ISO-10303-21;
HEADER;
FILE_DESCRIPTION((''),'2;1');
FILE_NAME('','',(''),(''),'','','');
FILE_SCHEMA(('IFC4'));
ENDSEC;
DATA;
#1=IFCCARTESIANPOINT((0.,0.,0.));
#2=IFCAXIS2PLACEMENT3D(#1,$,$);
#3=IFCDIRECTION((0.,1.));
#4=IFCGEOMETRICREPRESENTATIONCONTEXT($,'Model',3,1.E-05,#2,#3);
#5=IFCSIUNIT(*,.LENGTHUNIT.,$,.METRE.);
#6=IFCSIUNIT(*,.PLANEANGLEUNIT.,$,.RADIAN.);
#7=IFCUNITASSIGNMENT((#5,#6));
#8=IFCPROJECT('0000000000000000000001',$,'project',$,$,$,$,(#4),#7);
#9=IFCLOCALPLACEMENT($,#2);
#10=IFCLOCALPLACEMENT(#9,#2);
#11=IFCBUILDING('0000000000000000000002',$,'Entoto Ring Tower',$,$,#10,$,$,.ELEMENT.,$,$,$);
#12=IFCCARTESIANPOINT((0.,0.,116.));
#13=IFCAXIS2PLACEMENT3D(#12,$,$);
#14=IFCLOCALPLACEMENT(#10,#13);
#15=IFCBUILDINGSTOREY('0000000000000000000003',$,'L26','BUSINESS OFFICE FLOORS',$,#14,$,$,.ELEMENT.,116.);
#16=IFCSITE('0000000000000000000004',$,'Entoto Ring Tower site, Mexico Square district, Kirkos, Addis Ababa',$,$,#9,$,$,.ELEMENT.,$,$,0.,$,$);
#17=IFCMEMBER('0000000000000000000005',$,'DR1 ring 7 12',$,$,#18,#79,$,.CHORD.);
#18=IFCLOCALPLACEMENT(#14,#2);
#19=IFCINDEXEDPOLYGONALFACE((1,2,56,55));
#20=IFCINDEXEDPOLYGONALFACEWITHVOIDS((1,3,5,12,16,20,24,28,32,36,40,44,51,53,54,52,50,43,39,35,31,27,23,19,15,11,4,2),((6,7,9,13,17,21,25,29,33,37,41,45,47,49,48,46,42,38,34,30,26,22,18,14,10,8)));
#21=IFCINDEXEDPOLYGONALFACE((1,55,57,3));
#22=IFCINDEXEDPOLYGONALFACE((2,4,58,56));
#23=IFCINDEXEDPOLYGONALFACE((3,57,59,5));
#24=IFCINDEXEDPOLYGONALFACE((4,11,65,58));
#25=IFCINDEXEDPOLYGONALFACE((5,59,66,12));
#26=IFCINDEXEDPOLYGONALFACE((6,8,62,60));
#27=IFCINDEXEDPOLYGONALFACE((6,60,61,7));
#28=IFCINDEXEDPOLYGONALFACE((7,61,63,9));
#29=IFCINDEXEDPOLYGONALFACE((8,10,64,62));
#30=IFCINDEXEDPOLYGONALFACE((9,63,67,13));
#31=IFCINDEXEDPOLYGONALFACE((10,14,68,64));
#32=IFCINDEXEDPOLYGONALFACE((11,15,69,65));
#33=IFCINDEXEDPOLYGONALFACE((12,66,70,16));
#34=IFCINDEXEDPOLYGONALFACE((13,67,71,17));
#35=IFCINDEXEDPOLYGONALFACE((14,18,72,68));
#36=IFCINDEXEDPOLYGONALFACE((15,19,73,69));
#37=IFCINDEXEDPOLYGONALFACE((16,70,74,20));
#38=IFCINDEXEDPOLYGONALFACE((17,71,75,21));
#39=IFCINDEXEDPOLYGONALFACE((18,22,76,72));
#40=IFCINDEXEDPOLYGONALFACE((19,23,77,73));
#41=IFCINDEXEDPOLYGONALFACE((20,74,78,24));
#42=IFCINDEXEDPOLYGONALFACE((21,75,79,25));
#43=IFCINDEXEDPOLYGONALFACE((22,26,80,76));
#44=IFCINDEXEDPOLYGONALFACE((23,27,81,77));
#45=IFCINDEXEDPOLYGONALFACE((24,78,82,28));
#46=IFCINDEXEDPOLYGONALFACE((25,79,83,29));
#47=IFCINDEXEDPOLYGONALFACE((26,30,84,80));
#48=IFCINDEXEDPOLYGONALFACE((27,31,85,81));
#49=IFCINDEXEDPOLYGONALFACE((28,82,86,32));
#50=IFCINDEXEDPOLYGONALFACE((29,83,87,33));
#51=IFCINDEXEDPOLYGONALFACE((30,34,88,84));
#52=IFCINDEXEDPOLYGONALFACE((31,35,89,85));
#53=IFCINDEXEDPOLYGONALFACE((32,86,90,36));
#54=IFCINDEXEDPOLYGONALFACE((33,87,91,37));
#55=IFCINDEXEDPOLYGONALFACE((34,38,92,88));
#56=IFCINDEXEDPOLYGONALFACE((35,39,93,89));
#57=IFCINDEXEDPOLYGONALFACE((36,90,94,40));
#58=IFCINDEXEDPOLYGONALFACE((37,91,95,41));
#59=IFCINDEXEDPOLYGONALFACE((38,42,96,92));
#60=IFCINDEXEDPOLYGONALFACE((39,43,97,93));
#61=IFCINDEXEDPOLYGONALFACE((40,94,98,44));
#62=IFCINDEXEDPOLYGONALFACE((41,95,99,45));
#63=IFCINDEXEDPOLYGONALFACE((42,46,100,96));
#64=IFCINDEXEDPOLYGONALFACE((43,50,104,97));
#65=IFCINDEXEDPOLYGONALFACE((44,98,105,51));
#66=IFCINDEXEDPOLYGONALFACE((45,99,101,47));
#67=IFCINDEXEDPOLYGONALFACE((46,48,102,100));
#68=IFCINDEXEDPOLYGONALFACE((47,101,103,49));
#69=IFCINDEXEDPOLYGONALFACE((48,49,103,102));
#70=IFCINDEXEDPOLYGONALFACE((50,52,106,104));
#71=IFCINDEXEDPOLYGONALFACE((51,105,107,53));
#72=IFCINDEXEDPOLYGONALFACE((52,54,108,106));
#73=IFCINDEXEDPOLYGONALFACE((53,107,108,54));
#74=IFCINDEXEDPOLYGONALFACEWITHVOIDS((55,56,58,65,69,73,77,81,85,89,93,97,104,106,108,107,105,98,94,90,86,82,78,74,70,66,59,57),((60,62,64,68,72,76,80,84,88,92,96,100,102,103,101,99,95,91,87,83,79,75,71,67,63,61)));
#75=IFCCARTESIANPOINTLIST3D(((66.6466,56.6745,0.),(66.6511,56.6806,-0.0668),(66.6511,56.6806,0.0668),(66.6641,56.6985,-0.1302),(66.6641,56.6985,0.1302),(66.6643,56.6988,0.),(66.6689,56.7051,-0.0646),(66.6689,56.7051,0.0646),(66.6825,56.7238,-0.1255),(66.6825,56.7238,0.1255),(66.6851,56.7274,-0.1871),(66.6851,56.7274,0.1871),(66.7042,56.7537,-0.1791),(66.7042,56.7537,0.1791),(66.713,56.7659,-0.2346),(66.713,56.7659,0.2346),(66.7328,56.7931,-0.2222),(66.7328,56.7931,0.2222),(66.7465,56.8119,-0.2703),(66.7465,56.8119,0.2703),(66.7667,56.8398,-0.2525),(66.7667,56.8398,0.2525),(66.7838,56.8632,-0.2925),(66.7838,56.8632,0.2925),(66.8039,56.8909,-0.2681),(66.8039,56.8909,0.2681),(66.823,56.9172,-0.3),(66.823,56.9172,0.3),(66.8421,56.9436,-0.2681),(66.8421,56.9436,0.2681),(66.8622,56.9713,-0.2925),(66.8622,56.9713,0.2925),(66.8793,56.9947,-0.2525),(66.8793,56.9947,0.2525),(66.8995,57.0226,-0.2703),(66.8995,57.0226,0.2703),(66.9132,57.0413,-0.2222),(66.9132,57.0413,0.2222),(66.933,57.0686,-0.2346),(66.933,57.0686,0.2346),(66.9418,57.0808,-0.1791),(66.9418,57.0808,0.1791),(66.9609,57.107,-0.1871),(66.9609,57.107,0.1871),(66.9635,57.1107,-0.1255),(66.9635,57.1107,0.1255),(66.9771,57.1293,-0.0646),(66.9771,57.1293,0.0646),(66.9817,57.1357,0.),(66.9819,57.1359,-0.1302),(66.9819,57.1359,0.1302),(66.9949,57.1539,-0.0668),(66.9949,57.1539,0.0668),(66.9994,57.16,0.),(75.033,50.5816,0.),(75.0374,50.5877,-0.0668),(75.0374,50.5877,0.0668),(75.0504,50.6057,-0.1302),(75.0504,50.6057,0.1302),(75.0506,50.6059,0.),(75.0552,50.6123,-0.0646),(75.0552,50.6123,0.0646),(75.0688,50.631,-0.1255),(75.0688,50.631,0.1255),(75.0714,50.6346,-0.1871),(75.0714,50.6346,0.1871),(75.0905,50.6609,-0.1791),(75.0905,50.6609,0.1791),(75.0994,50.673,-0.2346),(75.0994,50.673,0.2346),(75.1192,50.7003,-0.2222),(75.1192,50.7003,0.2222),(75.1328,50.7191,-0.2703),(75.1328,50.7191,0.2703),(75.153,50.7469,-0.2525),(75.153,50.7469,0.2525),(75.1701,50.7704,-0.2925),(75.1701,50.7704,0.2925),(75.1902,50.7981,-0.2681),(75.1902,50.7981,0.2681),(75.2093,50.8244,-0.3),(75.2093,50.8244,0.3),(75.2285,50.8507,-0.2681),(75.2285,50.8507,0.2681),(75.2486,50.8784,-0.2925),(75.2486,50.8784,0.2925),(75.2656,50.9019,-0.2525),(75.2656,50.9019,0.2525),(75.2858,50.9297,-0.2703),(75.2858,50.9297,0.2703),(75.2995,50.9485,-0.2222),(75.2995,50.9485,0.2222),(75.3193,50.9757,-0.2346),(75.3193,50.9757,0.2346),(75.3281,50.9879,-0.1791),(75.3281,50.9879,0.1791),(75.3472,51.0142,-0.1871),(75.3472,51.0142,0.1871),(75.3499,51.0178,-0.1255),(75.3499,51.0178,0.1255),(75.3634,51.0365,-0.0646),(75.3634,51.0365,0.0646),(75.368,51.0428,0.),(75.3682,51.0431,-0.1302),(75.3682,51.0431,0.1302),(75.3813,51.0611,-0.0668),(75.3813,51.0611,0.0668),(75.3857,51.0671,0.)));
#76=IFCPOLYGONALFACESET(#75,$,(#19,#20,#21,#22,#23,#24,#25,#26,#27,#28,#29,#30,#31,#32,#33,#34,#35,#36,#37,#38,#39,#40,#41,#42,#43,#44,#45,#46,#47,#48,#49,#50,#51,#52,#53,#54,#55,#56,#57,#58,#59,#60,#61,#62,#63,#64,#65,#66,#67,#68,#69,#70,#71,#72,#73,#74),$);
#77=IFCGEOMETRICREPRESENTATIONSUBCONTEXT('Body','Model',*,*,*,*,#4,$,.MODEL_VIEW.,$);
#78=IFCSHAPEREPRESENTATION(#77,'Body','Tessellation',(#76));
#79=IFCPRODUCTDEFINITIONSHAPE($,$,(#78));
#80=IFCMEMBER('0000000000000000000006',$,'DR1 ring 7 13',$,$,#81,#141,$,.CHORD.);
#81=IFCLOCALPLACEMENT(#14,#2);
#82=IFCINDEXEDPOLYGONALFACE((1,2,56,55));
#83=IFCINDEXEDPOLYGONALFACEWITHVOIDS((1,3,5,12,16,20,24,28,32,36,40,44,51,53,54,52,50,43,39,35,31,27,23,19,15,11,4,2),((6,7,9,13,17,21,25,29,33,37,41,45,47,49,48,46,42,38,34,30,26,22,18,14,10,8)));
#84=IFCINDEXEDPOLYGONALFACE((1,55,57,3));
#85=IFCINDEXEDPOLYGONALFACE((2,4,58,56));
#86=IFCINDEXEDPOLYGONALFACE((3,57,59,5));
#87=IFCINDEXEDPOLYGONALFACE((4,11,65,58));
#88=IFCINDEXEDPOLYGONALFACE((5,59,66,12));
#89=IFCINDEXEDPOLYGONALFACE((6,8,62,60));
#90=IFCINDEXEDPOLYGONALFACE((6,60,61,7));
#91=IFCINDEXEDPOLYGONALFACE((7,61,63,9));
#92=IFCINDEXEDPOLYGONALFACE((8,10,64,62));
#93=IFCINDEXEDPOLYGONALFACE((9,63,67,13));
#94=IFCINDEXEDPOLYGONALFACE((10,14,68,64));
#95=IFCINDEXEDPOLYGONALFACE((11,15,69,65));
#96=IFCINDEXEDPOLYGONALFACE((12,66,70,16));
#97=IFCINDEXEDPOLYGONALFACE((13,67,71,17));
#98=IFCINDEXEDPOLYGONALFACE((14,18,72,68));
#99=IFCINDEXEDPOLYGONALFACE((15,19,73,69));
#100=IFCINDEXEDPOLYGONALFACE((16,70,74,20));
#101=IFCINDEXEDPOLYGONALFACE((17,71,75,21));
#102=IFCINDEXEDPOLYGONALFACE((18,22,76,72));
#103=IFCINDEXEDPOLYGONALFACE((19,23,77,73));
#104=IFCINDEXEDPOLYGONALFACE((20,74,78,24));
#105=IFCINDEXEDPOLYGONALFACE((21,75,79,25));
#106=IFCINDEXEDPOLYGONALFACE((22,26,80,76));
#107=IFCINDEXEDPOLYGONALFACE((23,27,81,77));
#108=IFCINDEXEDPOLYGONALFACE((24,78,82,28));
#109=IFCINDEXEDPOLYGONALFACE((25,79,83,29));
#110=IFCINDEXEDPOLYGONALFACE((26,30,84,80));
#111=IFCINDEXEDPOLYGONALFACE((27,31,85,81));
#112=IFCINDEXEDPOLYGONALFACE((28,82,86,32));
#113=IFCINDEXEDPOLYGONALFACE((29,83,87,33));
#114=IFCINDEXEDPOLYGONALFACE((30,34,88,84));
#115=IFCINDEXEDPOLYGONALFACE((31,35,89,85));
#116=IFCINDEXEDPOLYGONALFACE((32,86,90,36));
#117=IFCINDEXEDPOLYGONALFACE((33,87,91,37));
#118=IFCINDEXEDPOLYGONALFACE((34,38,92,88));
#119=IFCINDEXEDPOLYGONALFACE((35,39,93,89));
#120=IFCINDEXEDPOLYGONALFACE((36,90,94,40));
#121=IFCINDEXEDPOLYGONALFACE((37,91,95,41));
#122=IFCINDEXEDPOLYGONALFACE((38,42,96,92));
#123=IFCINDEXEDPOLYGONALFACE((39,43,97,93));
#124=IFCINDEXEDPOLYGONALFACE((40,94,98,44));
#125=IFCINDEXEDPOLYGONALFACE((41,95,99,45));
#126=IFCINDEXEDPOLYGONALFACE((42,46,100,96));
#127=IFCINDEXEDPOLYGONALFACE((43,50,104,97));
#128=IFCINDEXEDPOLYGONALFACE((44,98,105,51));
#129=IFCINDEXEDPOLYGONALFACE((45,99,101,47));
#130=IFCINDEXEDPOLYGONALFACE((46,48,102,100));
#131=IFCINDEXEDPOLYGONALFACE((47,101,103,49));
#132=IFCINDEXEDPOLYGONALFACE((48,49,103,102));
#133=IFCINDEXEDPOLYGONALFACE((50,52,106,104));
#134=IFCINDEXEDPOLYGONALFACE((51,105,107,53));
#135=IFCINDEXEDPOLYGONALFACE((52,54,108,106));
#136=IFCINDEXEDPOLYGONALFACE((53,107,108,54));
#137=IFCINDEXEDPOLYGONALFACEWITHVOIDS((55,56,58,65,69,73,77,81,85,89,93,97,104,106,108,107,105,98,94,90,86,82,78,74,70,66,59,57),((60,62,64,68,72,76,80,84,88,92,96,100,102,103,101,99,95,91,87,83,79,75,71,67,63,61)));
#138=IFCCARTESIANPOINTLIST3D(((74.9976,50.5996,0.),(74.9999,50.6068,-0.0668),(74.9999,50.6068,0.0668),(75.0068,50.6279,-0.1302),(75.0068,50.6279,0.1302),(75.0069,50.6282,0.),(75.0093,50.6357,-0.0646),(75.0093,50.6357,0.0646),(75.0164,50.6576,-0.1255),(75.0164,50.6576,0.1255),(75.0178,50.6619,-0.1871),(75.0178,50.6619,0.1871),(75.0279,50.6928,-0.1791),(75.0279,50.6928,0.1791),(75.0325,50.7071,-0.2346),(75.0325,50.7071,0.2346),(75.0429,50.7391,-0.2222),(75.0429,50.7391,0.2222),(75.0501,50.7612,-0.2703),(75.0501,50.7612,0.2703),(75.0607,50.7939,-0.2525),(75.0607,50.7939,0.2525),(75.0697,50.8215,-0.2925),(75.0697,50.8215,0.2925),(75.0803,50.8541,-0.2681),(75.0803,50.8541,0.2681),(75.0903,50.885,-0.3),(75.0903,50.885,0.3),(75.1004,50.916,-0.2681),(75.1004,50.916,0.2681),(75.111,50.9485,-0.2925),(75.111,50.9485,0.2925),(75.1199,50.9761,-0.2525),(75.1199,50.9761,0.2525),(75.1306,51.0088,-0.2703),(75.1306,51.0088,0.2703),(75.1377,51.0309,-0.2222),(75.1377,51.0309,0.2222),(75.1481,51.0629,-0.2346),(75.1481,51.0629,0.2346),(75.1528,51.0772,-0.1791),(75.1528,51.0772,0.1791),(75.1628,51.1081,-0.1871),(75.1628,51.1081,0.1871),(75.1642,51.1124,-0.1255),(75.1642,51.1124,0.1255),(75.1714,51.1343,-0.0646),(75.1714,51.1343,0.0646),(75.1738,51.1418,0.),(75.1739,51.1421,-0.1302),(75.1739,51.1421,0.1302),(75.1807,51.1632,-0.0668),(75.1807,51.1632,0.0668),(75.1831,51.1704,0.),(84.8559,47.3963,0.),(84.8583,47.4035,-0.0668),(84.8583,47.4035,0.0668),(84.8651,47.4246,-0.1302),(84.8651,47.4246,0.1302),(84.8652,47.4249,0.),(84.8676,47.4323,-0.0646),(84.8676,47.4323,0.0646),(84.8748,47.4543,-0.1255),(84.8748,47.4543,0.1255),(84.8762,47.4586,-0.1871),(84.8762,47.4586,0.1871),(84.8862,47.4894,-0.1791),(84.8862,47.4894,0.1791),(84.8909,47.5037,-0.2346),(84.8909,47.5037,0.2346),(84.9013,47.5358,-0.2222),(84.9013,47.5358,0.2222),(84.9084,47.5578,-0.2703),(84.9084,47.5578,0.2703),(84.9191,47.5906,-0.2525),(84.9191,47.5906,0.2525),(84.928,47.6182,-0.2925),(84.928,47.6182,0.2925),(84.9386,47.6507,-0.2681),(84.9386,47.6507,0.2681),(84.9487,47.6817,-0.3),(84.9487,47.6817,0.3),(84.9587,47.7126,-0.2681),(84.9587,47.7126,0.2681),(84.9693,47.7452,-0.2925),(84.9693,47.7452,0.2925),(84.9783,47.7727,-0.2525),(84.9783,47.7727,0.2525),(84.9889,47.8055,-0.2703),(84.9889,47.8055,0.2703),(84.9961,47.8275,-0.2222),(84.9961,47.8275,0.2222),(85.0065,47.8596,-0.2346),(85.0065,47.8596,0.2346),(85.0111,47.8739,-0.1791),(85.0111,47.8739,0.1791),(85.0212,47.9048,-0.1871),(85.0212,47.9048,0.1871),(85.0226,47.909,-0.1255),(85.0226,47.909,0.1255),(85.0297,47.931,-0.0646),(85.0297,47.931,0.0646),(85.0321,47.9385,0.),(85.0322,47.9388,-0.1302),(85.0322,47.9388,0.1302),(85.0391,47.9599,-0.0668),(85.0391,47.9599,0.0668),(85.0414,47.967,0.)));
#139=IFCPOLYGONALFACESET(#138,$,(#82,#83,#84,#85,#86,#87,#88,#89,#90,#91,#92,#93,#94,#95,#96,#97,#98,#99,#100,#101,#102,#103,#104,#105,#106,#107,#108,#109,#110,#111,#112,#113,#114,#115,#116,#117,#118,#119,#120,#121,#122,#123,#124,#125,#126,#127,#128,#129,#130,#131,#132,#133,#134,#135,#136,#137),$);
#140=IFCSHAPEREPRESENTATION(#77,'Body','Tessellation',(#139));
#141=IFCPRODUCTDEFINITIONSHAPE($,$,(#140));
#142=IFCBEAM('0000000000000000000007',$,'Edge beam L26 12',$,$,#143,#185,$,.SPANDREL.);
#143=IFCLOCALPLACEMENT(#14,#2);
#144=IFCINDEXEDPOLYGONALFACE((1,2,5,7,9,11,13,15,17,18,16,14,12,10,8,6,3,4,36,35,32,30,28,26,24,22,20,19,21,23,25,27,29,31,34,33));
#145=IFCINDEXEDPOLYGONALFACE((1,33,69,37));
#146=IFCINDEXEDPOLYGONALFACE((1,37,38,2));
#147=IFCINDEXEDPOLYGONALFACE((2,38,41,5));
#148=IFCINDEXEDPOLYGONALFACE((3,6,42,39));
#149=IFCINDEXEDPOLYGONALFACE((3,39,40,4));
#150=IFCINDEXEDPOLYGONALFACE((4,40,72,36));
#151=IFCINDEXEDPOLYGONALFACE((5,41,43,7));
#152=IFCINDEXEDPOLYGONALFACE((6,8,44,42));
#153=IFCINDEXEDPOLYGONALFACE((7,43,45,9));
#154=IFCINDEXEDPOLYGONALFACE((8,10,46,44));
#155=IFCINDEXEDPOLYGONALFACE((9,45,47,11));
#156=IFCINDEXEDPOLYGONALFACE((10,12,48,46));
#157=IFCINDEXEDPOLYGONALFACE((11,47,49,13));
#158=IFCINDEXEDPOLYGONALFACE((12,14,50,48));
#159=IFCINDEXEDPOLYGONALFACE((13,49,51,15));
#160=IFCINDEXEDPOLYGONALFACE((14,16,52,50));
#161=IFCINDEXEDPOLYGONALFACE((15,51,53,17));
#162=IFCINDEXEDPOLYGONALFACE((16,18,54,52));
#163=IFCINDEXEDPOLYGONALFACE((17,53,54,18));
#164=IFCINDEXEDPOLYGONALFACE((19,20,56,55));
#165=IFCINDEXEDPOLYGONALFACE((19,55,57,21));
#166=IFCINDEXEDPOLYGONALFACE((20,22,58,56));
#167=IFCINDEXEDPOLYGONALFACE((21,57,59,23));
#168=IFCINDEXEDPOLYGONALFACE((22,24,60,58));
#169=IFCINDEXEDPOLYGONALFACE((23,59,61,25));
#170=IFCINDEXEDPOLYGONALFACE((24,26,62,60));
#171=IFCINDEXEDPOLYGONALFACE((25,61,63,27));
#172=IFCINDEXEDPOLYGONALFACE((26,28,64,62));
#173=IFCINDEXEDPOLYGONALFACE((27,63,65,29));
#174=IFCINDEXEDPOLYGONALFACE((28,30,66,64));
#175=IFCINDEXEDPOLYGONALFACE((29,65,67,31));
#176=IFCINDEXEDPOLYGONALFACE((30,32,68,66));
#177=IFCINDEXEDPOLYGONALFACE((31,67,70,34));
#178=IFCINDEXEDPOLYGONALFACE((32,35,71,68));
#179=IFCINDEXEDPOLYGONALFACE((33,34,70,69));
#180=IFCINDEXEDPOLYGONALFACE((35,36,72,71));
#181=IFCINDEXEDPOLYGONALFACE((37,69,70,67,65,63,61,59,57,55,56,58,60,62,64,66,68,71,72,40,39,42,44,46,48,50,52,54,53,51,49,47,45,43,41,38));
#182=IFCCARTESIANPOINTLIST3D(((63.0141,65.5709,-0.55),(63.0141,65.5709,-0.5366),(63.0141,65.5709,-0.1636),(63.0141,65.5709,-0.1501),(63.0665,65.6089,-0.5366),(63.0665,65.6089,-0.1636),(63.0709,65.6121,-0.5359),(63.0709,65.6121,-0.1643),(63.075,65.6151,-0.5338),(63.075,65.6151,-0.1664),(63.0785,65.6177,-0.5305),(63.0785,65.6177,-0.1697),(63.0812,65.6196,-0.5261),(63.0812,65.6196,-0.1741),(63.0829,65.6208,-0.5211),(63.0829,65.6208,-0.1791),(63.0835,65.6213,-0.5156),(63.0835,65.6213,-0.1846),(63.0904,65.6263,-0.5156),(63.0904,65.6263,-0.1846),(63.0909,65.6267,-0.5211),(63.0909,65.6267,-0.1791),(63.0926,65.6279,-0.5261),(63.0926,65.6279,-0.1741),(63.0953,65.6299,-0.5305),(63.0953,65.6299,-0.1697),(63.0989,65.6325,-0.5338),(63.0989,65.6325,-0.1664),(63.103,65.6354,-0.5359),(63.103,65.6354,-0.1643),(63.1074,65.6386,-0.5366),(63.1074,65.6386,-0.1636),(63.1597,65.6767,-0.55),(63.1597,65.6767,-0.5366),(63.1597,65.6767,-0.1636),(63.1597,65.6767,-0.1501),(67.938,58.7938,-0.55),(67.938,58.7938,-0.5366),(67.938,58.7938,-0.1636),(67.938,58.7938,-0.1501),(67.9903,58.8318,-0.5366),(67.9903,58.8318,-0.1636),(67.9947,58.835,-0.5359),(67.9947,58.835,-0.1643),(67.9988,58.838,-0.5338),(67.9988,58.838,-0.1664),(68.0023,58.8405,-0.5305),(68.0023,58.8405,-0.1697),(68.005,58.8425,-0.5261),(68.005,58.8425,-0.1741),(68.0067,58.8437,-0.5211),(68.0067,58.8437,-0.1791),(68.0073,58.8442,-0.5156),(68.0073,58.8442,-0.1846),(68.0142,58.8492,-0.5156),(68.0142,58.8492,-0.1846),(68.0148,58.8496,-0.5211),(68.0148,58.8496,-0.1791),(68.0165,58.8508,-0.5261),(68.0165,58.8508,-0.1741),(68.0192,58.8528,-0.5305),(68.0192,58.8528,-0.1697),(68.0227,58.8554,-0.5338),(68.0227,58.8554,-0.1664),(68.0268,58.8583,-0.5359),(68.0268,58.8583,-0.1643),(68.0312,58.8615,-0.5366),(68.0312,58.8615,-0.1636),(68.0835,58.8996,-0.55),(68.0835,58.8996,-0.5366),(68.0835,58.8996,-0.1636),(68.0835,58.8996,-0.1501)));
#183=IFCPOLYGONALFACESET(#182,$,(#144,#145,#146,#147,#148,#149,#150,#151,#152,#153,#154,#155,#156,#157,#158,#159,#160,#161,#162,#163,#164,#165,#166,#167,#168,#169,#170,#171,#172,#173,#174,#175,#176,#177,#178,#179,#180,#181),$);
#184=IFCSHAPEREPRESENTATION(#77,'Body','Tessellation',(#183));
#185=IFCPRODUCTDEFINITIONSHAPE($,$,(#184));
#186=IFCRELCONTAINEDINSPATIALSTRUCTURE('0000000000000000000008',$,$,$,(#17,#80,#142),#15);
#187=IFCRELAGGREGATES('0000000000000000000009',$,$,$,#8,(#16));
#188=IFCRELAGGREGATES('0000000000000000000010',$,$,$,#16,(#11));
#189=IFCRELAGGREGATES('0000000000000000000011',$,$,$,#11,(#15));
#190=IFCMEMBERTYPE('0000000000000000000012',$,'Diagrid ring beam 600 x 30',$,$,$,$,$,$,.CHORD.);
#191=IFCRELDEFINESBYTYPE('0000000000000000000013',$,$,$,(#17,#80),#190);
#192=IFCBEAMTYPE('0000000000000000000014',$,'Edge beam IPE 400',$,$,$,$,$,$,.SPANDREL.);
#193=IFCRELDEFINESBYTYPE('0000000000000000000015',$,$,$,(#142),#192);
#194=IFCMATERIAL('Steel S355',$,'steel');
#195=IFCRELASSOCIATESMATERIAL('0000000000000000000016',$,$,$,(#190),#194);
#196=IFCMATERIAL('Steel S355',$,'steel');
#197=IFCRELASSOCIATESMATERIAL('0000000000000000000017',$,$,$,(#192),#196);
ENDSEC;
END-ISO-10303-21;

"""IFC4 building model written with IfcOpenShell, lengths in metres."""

from ifc_helpers import new_model, si_unit, direction, frame, origin, origin_2d, place, context, subcontext, project, spatial, circle, hollow_circle, i_section, extrude, material, material_profile, profile_set, type_object, element, save


model = new_model("IFC4")

# Units and contexts
model_context = context("Model", 3, precision=1e-05, world=origin(), true_north=direction((0.0, 1.0)))
body_context = subcontext(model_context, "Body", "Model", "MODEL_VIEW")
ifc_project = project(units=[si_unit("LENGTHUNIT", "METRE"), si_unit("PLANEANGLEUNIT", "RADIAN")], contexts=[model_context])

# Site, building, storey
site_placement = place(None, origin())
site = spatial("IfcSite", under=ifc_project, at=site_placement, Name="Entoto Ring Tower site, Mexico Square district, Kirkos, Addis Ababa", CompositionType="ELEMENT", RefElevation=0.0)
building_placement = place(site_placement, origin())
building = spatial("IfcBuilding", under=site, at=building_placement, Name="Entoto Ring Tower", CompositionType="ELEMENT")
storey_placement = place(building_placement, frame((0.0, 0.0, 116.0)))
storey = spatial("IfcBuildingStorey", under=building, at=storey_placement, Name="L26", Description="BUSINESS OFFICE FLOORS", CompositionType="ELEMENT", Elevation=116.0)

# Members
ifc_material_1 = material(Name="Steel S355", Category="steel")
ifc_material_profile_1 = material_profile(ifc_material_1, hollow_circle(Radius=0.3, WallThickness=0.03, at=origin_2d()), Name="CHS 600 x 30")
ifc_material_2 = material(Name="Concrete C60/75", Category="concrete")
ifc_material_profile_2 = material_profile(ifc_material_2, circle(Radius=0.27, at=origin_2d()), Name="Concrete C60/75 infill")
ifc_profile_set_1 = profile_set([ifc_material_profile_1, ifc_material_profile_2], Name="Steel S355")
member_type_1 = type_object("IfcMemberType", Name="Diagrid ring beam 600 x 30", PredefinedType="CHORD", material=ifc_profile_set_1)
member_1_placement = place(storey_placement, frame((66.823, 56.9172, 0.0), z_axis=(0.809025, -0.587774, 0.0), x_axis=(0.587774, 0.809025, 0.0)))
element("IfcMember", 1, at=member_1_placement, inside=storey, type_object=member_type_1, Name="DR1 ring 7 12", PredefinedType="CHORD", context=body_context, shape_type="SweptSolid", body=[
    extrude(hollow_circle(Radius=0.3, WallThickness=0.03, at=origin_2d()), origin(), (0.0, 0.0, 1.0), 10.366),
])
member_2_placement = place(storey_placement, frame((75.0903, 50.885, 0.0), z_axis=(0.951051, -0.309033, 0.0), x_axis=(0.309033, 0.951051, 0.0)))
element("IfcMember", 2, at=member_2_placement, inside=storey, type_object=member_type_1, Name="DR1 ring 7 13", PredefinedType="CHORD", context=body_context, shape_type="SweptSolid", body=[
    extrude(hollow_circle(Radius=0.3, WallThickness=0.03, at=origin_2d()), origin(), (0.0, 0.0, 1.0), 10.3657),
])

# Beam
ifc_material_3 = material(Name="Steel S355", Category="steel")
ifc_material_profile_3 = material_profile(ifc_material_3, i_section(OverallWidth=0.1799, OverallDepth=0.3999, WebThickness=0.0085, FlangeThickness=0.0134, FilletRadius=0.021, at=origin_2d()), Name="IPE 400")
ifc_profile_set_2 = profile_set([ifc_material_profile_3], Name="Steel S355")
beam_type = type_object("IfcBeamType", Name="Edge beam IPE 400", PredefinedType="SPANDREL", material=ifc_profile_set_2)
for number, where, z_axis, x_axis, name in (
    (3, (63.0869, 65.6238, -0.3501), (0.587783, -0.809018, 0.0), (0.809018, 0.587783, 0.0), "Edge beam L26 12"),
):
    element("IfcBeam", number, at=place(storey_placement, frame(where, z_axis=z_axis, x_axis=x_axis)), inside=storey, type_object=beam_type, Name=name, PredefinedType="SPANDREL", context=body_context, shape_type="SweptSolid", body=[
        extrude(i_section(OverallWidth=0.1799, OverallDepth=0.3999, WebThickness=0.0085, FlangeThickness=0.0134, FilletRadius=0.021, at=origin_2d()), origin(), (0.0, 0.0, 1.0), 8.377),
    ])

save(model, "model.ifc")
